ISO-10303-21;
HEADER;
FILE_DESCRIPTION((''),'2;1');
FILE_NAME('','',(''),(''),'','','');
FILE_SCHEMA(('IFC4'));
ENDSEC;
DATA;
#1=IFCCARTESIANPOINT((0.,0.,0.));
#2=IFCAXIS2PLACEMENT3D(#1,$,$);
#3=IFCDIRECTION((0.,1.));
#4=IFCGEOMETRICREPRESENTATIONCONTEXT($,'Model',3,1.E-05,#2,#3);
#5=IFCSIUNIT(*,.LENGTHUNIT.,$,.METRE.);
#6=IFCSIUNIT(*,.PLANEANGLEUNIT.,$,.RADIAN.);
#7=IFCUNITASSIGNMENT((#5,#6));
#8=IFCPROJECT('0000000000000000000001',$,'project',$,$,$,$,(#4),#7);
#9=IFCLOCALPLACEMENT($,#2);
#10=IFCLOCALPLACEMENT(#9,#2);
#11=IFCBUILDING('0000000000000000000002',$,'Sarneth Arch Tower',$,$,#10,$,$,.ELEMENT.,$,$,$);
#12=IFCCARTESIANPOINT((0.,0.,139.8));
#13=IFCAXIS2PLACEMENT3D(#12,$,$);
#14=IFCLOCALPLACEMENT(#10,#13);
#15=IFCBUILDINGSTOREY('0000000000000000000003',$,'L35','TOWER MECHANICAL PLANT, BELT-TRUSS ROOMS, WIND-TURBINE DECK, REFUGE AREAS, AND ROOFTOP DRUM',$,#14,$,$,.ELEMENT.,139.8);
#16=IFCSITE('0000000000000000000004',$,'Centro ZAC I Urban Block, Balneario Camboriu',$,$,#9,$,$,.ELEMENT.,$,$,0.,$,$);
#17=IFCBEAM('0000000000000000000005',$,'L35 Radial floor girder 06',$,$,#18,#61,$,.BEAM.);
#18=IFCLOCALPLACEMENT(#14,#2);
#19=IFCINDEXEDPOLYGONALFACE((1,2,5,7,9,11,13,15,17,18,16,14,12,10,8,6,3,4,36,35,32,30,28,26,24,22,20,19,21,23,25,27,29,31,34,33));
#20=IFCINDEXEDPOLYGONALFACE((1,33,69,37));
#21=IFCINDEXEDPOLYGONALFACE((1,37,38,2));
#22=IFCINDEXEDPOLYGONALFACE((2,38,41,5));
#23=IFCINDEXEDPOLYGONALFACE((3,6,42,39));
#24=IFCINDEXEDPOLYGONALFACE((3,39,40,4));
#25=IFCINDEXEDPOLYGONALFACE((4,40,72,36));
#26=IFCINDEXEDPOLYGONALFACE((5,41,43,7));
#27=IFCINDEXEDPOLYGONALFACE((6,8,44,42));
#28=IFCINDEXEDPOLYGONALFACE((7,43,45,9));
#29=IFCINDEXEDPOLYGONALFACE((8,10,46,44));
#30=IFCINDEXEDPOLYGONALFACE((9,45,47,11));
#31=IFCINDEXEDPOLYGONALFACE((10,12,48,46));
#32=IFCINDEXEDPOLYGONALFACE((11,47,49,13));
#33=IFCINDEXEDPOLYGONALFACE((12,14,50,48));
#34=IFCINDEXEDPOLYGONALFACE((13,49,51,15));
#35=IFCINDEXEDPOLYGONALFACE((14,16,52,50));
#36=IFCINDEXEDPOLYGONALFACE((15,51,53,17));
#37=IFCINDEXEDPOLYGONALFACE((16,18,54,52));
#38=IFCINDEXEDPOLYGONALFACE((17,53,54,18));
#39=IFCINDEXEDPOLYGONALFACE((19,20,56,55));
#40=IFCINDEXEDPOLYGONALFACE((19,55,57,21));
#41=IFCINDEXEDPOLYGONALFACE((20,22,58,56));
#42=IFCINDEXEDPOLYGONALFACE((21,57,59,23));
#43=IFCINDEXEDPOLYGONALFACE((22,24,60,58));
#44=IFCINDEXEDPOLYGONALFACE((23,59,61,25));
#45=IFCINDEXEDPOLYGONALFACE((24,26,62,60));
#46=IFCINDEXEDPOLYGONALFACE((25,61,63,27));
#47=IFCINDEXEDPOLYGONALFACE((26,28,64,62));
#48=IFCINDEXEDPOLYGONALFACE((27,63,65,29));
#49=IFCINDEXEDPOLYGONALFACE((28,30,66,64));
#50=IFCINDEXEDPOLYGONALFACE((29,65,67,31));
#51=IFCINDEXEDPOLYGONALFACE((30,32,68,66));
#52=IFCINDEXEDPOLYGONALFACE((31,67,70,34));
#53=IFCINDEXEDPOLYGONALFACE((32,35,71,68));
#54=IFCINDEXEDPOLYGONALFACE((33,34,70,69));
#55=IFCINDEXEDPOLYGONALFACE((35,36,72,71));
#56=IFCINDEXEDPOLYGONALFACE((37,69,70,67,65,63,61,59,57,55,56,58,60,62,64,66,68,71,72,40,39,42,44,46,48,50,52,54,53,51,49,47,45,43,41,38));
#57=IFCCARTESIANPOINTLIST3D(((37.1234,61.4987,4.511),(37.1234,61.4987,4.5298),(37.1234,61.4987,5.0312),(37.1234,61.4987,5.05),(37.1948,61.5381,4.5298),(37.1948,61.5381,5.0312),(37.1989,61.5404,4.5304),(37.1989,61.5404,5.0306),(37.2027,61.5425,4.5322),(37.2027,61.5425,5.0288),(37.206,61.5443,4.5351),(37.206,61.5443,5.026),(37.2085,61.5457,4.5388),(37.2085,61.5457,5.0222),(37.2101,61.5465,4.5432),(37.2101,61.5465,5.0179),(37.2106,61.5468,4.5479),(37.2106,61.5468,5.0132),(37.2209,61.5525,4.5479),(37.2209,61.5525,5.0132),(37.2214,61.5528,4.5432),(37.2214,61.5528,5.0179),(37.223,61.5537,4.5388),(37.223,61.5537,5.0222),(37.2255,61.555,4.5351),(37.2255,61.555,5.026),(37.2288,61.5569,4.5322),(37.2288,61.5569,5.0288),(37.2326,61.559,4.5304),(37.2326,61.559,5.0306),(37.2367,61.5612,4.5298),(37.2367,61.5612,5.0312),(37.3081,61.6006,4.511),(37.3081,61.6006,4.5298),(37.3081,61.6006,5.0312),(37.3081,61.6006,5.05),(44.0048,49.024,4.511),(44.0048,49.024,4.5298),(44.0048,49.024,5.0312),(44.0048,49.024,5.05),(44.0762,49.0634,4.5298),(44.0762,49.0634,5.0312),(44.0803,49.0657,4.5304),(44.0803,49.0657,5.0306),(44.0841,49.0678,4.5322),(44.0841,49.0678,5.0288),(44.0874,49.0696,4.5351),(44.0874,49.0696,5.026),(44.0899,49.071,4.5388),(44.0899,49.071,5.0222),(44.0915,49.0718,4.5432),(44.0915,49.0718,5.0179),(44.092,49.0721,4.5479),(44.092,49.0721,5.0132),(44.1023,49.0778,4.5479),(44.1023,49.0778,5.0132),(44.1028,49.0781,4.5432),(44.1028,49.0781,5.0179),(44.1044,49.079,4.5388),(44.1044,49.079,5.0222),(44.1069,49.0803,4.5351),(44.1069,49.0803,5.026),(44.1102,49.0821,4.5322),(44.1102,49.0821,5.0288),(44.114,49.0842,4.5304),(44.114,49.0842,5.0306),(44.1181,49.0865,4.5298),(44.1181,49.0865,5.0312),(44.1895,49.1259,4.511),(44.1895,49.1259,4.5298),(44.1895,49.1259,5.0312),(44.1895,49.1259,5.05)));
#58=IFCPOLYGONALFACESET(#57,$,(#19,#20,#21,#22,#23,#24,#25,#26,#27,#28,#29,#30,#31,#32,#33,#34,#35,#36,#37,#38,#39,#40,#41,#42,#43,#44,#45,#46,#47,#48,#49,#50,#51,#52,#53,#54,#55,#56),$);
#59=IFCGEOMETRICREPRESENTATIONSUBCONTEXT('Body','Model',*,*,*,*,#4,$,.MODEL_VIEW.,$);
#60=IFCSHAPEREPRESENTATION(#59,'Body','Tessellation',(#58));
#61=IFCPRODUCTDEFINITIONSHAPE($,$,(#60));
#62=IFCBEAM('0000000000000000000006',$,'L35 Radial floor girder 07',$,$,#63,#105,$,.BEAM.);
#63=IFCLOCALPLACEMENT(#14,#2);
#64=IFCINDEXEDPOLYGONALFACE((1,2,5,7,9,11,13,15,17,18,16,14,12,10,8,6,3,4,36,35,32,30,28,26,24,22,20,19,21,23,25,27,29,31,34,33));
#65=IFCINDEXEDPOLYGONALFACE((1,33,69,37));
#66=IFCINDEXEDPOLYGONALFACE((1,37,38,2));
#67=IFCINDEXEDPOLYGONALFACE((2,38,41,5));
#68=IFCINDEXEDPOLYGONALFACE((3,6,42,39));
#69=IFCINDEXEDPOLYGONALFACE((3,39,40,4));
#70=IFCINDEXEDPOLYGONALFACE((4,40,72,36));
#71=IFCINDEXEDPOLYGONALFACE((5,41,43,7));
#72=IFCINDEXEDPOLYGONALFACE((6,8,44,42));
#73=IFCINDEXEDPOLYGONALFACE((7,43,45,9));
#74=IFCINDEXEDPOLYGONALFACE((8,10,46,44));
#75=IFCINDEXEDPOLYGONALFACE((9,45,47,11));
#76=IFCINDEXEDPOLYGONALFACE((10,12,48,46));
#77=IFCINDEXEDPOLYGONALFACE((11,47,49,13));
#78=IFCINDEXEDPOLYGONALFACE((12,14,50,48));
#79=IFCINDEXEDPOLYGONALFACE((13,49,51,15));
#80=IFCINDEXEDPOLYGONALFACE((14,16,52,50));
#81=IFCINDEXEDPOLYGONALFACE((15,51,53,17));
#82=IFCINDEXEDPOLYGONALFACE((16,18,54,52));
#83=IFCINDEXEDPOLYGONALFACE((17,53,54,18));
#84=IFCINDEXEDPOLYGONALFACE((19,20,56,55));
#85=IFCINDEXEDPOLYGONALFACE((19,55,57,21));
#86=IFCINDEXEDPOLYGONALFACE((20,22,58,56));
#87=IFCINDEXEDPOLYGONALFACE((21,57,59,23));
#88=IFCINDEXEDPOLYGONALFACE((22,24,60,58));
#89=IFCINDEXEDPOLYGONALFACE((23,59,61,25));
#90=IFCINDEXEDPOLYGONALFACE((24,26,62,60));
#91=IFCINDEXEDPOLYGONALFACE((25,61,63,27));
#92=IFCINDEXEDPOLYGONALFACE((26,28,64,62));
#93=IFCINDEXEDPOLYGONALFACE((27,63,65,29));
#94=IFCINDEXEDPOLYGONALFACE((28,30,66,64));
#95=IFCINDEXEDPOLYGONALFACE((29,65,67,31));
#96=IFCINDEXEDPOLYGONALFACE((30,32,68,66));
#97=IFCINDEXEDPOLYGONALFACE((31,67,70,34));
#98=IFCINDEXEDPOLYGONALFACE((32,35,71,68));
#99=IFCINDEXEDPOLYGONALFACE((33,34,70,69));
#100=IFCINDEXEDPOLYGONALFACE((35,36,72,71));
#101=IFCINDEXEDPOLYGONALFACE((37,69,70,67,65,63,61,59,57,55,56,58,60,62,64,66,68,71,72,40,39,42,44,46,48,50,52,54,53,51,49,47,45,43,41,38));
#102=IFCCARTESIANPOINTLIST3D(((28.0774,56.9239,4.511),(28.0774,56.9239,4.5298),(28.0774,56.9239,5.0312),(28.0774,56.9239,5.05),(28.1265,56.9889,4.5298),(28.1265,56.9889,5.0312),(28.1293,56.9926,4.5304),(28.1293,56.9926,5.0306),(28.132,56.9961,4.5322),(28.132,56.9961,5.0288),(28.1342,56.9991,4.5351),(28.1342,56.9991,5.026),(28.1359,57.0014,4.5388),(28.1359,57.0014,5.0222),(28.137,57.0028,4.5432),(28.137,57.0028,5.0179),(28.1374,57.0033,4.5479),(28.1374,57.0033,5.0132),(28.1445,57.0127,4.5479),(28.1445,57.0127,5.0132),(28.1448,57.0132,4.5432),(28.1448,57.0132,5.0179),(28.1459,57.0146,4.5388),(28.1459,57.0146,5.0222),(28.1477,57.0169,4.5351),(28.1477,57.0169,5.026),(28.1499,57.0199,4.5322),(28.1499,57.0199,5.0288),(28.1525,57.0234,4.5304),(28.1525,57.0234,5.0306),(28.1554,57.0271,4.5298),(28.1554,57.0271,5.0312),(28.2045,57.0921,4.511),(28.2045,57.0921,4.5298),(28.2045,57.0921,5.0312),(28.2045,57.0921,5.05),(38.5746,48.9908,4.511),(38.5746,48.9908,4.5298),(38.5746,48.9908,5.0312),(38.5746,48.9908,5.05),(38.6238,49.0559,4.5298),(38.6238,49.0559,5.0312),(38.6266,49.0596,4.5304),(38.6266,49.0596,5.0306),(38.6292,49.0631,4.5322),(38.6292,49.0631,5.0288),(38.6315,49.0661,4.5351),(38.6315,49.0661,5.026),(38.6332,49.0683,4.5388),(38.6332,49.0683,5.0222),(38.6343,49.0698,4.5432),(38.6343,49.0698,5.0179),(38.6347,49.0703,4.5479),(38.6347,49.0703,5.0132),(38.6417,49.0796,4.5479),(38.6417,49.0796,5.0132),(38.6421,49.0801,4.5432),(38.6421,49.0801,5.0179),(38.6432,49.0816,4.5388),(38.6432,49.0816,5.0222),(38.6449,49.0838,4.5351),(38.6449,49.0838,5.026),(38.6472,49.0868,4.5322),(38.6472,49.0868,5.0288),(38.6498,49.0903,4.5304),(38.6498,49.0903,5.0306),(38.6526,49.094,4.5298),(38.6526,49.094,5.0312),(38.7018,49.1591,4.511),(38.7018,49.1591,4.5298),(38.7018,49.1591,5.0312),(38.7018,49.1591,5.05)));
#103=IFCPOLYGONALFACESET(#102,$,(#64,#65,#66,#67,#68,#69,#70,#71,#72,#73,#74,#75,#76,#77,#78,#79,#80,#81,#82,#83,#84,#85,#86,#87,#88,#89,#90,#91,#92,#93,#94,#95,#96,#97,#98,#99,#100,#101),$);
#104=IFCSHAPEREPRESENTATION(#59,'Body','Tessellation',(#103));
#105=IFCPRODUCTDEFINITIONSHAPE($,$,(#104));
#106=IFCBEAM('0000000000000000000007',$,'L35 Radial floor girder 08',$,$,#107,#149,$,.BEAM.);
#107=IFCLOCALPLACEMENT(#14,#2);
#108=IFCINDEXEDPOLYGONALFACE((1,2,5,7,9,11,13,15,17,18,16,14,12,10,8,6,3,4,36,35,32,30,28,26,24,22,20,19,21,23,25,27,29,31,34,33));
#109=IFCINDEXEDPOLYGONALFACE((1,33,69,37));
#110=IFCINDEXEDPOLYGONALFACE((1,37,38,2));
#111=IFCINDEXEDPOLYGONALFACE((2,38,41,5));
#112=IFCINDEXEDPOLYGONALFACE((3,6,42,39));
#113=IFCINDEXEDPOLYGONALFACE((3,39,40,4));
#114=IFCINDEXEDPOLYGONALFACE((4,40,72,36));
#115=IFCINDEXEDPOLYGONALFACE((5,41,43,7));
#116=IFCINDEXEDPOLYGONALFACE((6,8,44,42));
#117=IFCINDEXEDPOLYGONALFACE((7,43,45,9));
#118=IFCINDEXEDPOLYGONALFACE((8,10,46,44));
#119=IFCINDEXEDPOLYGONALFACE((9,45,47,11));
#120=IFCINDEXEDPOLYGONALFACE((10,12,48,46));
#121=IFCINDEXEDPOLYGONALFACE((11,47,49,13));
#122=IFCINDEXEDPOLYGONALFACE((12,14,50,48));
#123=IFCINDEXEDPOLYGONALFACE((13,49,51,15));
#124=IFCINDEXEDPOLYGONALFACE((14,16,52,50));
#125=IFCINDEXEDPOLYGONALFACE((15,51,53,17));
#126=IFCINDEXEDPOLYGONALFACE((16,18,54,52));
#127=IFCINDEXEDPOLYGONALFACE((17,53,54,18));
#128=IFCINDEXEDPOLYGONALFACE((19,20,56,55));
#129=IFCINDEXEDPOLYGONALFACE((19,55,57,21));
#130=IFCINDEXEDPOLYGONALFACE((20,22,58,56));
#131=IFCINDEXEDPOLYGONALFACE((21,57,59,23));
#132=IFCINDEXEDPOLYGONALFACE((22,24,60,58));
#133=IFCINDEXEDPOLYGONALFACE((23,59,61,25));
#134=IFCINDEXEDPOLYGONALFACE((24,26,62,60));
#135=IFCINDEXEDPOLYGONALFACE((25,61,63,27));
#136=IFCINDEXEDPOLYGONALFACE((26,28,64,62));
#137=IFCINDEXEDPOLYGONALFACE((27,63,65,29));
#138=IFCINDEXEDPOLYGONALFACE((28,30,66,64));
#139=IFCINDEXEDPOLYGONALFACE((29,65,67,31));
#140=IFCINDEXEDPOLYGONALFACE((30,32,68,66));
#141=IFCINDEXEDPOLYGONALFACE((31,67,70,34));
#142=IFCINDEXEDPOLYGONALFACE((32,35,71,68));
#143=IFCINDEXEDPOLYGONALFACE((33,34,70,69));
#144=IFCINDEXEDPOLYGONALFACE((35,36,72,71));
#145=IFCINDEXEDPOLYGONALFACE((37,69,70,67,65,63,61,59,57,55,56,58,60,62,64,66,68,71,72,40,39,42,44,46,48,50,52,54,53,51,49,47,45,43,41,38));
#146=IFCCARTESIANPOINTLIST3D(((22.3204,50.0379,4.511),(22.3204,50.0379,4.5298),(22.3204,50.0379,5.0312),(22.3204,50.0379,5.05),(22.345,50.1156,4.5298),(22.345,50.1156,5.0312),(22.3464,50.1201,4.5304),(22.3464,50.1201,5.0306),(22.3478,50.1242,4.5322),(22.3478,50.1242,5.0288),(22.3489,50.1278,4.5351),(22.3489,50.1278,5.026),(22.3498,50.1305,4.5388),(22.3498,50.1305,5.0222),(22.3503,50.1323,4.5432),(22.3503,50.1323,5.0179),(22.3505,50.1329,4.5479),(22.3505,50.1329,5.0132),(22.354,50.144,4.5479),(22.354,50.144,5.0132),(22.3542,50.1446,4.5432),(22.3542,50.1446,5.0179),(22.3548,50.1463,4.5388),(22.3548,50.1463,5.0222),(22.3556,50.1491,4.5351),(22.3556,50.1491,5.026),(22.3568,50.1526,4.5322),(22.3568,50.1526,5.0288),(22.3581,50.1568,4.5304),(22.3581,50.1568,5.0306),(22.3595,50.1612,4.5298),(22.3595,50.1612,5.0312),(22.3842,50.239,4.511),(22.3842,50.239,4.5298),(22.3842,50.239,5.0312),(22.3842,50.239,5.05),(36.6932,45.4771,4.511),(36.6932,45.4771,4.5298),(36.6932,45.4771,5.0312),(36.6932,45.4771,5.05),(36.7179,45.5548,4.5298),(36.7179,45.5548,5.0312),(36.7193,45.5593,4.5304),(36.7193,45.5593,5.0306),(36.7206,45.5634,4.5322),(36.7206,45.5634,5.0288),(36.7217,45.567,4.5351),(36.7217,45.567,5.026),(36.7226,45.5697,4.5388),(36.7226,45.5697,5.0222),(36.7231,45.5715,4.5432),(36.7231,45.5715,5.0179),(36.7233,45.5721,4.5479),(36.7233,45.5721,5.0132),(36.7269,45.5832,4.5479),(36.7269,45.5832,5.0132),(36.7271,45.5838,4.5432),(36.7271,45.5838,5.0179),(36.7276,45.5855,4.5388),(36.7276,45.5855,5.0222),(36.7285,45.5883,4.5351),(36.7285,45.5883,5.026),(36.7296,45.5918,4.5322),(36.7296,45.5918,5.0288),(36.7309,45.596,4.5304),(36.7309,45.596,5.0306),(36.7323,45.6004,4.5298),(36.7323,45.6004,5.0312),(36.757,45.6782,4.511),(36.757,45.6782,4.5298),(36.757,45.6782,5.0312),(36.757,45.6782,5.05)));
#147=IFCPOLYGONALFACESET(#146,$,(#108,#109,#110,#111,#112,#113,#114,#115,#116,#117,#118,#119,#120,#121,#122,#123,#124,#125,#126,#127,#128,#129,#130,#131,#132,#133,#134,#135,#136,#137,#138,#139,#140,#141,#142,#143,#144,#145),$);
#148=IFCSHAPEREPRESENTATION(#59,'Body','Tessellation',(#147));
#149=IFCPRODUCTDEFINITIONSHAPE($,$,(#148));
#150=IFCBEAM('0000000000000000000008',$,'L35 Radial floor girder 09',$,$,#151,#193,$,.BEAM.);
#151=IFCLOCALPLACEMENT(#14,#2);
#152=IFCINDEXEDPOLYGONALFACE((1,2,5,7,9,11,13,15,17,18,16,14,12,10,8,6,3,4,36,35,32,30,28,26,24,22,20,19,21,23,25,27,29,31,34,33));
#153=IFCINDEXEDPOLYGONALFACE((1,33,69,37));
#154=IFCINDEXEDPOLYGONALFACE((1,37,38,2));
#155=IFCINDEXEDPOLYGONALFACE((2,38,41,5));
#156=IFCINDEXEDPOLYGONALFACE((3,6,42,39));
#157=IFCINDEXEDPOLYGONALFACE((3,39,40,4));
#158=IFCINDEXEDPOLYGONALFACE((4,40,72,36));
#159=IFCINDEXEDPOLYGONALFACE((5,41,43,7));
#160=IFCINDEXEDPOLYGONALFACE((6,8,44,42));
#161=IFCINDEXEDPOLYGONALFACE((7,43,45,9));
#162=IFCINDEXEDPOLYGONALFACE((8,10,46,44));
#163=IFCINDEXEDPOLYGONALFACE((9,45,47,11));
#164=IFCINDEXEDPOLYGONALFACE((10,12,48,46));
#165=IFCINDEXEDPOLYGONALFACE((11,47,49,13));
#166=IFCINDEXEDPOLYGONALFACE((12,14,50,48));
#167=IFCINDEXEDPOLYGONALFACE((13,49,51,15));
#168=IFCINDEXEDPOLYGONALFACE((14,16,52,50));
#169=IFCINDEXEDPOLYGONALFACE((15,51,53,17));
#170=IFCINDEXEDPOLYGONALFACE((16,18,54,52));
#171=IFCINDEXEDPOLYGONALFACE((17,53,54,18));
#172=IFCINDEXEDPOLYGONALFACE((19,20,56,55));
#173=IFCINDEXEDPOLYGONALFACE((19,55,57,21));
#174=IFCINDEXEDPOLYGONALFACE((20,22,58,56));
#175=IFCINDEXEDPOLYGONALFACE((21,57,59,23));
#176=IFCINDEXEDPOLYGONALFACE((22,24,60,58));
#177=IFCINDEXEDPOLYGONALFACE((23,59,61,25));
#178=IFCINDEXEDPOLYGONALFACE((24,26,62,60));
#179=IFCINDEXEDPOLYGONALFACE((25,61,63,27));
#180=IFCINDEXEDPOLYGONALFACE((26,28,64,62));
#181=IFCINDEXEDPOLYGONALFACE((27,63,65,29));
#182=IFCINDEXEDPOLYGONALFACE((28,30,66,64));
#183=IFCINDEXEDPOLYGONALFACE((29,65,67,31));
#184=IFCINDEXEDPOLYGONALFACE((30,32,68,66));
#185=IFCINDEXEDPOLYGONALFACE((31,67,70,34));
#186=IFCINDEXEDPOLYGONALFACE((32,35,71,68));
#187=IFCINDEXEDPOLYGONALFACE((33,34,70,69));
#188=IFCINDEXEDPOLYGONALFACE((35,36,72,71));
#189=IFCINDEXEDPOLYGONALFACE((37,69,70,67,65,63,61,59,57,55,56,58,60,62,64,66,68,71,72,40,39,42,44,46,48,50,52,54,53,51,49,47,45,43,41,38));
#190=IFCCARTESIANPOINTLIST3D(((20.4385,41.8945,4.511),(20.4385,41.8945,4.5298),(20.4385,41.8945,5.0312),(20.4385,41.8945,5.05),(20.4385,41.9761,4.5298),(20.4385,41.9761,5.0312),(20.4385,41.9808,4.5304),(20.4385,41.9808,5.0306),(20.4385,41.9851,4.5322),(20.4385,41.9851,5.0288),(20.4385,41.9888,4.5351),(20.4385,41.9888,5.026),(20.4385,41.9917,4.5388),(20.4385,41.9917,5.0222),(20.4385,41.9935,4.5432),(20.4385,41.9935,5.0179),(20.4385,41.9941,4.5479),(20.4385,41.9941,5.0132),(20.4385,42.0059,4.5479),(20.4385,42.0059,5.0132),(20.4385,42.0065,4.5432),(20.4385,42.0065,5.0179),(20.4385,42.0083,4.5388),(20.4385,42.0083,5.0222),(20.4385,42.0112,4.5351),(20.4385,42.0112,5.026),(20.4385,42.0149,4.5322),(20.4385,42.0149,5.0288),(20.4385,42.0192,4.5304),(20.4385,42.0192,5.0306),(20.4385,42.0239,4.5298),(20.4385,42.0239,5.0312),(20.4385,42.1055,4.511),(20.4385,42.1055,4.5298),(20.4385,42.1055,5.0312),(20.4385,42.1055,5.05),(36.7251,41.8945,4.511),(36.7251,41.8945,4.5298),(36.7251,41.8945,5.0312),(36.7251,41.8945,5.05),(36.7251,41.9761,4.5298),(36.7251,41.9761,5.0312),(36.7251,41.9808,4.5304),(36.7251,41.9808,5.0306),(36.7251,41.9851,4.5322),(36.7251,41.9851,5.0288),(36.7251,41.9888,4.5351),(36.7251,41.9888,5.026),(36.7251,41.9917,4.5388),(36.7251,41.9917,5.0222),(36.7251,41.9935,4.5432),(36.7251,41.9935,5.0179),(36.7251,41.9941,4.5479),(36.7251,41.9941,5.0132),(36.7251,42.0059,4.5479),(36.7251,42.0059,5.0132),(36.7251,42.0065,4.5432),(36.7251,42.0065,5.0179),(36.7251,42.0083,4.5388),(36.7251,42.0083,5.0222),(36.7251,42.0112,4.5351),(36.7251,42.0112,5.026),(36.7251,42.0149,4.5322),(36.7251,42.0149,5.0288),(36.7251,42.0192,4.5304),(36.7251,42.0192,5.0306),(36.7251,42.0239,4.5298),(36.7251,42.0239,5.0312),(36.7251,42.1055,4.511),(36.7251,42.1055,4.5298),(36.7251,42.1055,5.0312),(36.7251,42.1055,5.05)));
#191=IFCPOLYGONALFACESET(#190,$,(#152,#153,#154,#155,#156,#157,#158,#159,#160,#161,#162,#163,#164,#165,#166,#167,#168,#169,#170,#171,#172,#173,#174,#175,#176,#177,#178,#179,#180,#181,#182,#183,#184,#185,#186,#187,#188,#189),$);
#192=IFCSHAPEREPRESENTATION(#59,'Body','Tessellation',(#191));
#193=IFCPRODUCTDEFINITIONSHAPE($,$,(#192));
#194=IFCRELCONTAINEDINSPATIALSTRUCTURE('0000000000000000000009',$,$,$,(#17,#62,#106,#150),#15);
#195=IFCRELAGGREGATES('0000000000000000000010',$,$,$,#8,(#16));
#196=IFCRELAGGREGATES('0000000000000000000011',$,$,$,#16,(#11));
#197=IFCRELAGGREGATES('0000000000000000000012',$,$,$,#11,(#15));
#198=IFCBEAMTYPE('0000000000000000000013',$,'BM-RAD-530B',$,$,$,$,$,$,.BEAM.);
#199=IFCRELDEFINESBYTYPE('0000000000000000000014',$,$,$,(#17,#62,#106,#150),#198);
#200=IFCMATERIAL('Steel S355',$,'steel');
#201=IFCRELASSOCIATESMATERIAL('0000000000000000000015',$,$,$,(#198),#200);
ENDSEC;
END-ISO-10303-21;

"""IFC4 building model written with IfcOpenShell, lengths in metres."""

from ifc_helpers import new_model, si_unit, direction, frame, origin, origin_2d, place, context, subcontext, project, spatial, i_section, extrude, material, material_profile, profile_set, type_object, element, save


model = new_model("IFC4")

# Units and contexts
model_context = context("Model", 3, precision=1e-05, world=origin(), true_north=direction((0.0, 1.0)))
body_context = subcontext(model_context, "Body", "Model", "MODEL_VIEW")
ifc_project = project(units=[si_unit("LENGTHUNIT", "METRE"), si_unit("PLANEANGLEUNIT", "RADIAN")], contexts=[model_context])

# Site, building, storey
site_placement = place(None, origin())
site = spatial("IfcSite", under=ifc_project, at=site_placement, Name="Centro ZAC I Urban Block, Balneario Camboriu", CompositionType="ELEMENT", RefElevation=0.0)
building_placement = place(site_placement, origin())
building = spatial("IfcBuilding", under=site, at=building_placement, Name="Sarneth Arch Tower", CompositionType="ELEMENT")
storey_placement = place(building_placement, frame((0.0, 0.0, 139.8)))
storey = spatial("IfcBuildingStorey", under=building, at=storey_placement, Name="L35", Description="TOWER MECHANICAL PLANT, BELT-TRUSS ROOMS, WIND-TURBINE DECK, REFUGE AREAS, AND ROOFTOP DRUM", CompositionType="ELEMENT", Elevation=139.8)

# Beams
ifc_material_1 = material(Name="Steel S355", Category="steel")
ifc_material_profile_1 = material_profile(ifc_material_1, i_section(OverallWidth=0.2109, OverallDepth=0.5391, WebThickness=0.0117, FlangeThickness=0.0188, FilletRadius=0.0181, at=origin_2d()), Name="W530x109")
ifc_profile_set_1 = profile_set([ifc_material_profile_1], Name="Steel S355")
beam_type = type_object("IfcBeamType", Name="BM-RAD-530B", PredefinedType="BEAM", material=ifc_profile_set_1)
beam_1_placement = place(storey_placement, frame((44.0972, 49.075, 4.7805), z_axis=(-0.483013, 0.875613, 0.0), x_axis=(-0.875613, -0.483013, 0.0)))
element("IfcBeam", 1, at=beam_1_placement, inside=storey, type_object=beam_type, Name="L35 Radial floor girder 06", PredefinedType="BEAM", context=body_context, shape_type="SweptSolid", body=[
    extrude(i_section(OverallWidth=0.2109, OverallDepth=0.5391, WebThickness=0.0117, FlangeThickness=0.0188, FilletRadius=0.0181, at=origin_2d()), origin(), (0.0, 0.0, 1.0), 14.2468),
])
beam_2_placement = place(storey_placement, frame((38.6382, 49.075, 4.7805), z_axis=(-0.797801, 0.60292, 0.0), x_axis=(-0.60292, -0.797801, 0.0)))
element("IfcBeam", 2, at=beam_2_placement, inside=storey, type_object=beam_type, Name="L35 Radial floor girder 07", PredefinedType="BEAM", context=body_context, shape_type="SweptSolid", body=[
    extrude(i_section(OverallWidth=0.2109, OverallDepth=0.5391, WebThickness=0.0117, FlangeThickness=0.0188, FilletRadius=0.0181, at=origin_2d()), origin(), (0.0, 0.0, 1.0), 13.1577),
])
beam_3_placement = place(storey_placement, frame((36.7251, 45.5776, 4.7805), z_axis=(-0.953163, 0.302458, 0.0), x_axis=(-0.302458, -0.953163, 0.0)))
element("IfcBeam", 3, at=beam_3_placement, inside=storey, type_object=beam_type, Name="L35 Radial floor girder 08", PredefinedType="BEAM", context=body_context, shape_type="SweptSolid", body=[
    extrude(i_section(OverallWidth=0.2109, OverallDepth=0.5391, WebThickness=0.0117, FlangeThickness=0.0188, FilletRadius=0.0181, at=origin_2d()), origin(), (0.0, 0.0, 1.0), 15.0791),
])
beam_4_placement = place(storey_placement, frame((36.7251, 42.0, 4.7805), z_axis=(-1.0, 0.0, 0.0), x_axis=(0.0, -1.0, 0.0)))
element("IfcBeam", 4, at=beam_4_placement, inside=storey, type_object=beam_type, Name="L35 Radial floor girder 09", PredefinedType="BEAM", context=body_context, shape_type="SweptSolid", body=[
    extrude(i_section(OverallWidth=0.2109, OverallDepth=0.5391, WebThickness=0.0117, FlangeThickness=0.0188, FilletRadius=0.0181, at=origin_2d()), origin(), (0.0, 0.0, 1.0), 16.2866),
])

save(model, "model.ifc")
